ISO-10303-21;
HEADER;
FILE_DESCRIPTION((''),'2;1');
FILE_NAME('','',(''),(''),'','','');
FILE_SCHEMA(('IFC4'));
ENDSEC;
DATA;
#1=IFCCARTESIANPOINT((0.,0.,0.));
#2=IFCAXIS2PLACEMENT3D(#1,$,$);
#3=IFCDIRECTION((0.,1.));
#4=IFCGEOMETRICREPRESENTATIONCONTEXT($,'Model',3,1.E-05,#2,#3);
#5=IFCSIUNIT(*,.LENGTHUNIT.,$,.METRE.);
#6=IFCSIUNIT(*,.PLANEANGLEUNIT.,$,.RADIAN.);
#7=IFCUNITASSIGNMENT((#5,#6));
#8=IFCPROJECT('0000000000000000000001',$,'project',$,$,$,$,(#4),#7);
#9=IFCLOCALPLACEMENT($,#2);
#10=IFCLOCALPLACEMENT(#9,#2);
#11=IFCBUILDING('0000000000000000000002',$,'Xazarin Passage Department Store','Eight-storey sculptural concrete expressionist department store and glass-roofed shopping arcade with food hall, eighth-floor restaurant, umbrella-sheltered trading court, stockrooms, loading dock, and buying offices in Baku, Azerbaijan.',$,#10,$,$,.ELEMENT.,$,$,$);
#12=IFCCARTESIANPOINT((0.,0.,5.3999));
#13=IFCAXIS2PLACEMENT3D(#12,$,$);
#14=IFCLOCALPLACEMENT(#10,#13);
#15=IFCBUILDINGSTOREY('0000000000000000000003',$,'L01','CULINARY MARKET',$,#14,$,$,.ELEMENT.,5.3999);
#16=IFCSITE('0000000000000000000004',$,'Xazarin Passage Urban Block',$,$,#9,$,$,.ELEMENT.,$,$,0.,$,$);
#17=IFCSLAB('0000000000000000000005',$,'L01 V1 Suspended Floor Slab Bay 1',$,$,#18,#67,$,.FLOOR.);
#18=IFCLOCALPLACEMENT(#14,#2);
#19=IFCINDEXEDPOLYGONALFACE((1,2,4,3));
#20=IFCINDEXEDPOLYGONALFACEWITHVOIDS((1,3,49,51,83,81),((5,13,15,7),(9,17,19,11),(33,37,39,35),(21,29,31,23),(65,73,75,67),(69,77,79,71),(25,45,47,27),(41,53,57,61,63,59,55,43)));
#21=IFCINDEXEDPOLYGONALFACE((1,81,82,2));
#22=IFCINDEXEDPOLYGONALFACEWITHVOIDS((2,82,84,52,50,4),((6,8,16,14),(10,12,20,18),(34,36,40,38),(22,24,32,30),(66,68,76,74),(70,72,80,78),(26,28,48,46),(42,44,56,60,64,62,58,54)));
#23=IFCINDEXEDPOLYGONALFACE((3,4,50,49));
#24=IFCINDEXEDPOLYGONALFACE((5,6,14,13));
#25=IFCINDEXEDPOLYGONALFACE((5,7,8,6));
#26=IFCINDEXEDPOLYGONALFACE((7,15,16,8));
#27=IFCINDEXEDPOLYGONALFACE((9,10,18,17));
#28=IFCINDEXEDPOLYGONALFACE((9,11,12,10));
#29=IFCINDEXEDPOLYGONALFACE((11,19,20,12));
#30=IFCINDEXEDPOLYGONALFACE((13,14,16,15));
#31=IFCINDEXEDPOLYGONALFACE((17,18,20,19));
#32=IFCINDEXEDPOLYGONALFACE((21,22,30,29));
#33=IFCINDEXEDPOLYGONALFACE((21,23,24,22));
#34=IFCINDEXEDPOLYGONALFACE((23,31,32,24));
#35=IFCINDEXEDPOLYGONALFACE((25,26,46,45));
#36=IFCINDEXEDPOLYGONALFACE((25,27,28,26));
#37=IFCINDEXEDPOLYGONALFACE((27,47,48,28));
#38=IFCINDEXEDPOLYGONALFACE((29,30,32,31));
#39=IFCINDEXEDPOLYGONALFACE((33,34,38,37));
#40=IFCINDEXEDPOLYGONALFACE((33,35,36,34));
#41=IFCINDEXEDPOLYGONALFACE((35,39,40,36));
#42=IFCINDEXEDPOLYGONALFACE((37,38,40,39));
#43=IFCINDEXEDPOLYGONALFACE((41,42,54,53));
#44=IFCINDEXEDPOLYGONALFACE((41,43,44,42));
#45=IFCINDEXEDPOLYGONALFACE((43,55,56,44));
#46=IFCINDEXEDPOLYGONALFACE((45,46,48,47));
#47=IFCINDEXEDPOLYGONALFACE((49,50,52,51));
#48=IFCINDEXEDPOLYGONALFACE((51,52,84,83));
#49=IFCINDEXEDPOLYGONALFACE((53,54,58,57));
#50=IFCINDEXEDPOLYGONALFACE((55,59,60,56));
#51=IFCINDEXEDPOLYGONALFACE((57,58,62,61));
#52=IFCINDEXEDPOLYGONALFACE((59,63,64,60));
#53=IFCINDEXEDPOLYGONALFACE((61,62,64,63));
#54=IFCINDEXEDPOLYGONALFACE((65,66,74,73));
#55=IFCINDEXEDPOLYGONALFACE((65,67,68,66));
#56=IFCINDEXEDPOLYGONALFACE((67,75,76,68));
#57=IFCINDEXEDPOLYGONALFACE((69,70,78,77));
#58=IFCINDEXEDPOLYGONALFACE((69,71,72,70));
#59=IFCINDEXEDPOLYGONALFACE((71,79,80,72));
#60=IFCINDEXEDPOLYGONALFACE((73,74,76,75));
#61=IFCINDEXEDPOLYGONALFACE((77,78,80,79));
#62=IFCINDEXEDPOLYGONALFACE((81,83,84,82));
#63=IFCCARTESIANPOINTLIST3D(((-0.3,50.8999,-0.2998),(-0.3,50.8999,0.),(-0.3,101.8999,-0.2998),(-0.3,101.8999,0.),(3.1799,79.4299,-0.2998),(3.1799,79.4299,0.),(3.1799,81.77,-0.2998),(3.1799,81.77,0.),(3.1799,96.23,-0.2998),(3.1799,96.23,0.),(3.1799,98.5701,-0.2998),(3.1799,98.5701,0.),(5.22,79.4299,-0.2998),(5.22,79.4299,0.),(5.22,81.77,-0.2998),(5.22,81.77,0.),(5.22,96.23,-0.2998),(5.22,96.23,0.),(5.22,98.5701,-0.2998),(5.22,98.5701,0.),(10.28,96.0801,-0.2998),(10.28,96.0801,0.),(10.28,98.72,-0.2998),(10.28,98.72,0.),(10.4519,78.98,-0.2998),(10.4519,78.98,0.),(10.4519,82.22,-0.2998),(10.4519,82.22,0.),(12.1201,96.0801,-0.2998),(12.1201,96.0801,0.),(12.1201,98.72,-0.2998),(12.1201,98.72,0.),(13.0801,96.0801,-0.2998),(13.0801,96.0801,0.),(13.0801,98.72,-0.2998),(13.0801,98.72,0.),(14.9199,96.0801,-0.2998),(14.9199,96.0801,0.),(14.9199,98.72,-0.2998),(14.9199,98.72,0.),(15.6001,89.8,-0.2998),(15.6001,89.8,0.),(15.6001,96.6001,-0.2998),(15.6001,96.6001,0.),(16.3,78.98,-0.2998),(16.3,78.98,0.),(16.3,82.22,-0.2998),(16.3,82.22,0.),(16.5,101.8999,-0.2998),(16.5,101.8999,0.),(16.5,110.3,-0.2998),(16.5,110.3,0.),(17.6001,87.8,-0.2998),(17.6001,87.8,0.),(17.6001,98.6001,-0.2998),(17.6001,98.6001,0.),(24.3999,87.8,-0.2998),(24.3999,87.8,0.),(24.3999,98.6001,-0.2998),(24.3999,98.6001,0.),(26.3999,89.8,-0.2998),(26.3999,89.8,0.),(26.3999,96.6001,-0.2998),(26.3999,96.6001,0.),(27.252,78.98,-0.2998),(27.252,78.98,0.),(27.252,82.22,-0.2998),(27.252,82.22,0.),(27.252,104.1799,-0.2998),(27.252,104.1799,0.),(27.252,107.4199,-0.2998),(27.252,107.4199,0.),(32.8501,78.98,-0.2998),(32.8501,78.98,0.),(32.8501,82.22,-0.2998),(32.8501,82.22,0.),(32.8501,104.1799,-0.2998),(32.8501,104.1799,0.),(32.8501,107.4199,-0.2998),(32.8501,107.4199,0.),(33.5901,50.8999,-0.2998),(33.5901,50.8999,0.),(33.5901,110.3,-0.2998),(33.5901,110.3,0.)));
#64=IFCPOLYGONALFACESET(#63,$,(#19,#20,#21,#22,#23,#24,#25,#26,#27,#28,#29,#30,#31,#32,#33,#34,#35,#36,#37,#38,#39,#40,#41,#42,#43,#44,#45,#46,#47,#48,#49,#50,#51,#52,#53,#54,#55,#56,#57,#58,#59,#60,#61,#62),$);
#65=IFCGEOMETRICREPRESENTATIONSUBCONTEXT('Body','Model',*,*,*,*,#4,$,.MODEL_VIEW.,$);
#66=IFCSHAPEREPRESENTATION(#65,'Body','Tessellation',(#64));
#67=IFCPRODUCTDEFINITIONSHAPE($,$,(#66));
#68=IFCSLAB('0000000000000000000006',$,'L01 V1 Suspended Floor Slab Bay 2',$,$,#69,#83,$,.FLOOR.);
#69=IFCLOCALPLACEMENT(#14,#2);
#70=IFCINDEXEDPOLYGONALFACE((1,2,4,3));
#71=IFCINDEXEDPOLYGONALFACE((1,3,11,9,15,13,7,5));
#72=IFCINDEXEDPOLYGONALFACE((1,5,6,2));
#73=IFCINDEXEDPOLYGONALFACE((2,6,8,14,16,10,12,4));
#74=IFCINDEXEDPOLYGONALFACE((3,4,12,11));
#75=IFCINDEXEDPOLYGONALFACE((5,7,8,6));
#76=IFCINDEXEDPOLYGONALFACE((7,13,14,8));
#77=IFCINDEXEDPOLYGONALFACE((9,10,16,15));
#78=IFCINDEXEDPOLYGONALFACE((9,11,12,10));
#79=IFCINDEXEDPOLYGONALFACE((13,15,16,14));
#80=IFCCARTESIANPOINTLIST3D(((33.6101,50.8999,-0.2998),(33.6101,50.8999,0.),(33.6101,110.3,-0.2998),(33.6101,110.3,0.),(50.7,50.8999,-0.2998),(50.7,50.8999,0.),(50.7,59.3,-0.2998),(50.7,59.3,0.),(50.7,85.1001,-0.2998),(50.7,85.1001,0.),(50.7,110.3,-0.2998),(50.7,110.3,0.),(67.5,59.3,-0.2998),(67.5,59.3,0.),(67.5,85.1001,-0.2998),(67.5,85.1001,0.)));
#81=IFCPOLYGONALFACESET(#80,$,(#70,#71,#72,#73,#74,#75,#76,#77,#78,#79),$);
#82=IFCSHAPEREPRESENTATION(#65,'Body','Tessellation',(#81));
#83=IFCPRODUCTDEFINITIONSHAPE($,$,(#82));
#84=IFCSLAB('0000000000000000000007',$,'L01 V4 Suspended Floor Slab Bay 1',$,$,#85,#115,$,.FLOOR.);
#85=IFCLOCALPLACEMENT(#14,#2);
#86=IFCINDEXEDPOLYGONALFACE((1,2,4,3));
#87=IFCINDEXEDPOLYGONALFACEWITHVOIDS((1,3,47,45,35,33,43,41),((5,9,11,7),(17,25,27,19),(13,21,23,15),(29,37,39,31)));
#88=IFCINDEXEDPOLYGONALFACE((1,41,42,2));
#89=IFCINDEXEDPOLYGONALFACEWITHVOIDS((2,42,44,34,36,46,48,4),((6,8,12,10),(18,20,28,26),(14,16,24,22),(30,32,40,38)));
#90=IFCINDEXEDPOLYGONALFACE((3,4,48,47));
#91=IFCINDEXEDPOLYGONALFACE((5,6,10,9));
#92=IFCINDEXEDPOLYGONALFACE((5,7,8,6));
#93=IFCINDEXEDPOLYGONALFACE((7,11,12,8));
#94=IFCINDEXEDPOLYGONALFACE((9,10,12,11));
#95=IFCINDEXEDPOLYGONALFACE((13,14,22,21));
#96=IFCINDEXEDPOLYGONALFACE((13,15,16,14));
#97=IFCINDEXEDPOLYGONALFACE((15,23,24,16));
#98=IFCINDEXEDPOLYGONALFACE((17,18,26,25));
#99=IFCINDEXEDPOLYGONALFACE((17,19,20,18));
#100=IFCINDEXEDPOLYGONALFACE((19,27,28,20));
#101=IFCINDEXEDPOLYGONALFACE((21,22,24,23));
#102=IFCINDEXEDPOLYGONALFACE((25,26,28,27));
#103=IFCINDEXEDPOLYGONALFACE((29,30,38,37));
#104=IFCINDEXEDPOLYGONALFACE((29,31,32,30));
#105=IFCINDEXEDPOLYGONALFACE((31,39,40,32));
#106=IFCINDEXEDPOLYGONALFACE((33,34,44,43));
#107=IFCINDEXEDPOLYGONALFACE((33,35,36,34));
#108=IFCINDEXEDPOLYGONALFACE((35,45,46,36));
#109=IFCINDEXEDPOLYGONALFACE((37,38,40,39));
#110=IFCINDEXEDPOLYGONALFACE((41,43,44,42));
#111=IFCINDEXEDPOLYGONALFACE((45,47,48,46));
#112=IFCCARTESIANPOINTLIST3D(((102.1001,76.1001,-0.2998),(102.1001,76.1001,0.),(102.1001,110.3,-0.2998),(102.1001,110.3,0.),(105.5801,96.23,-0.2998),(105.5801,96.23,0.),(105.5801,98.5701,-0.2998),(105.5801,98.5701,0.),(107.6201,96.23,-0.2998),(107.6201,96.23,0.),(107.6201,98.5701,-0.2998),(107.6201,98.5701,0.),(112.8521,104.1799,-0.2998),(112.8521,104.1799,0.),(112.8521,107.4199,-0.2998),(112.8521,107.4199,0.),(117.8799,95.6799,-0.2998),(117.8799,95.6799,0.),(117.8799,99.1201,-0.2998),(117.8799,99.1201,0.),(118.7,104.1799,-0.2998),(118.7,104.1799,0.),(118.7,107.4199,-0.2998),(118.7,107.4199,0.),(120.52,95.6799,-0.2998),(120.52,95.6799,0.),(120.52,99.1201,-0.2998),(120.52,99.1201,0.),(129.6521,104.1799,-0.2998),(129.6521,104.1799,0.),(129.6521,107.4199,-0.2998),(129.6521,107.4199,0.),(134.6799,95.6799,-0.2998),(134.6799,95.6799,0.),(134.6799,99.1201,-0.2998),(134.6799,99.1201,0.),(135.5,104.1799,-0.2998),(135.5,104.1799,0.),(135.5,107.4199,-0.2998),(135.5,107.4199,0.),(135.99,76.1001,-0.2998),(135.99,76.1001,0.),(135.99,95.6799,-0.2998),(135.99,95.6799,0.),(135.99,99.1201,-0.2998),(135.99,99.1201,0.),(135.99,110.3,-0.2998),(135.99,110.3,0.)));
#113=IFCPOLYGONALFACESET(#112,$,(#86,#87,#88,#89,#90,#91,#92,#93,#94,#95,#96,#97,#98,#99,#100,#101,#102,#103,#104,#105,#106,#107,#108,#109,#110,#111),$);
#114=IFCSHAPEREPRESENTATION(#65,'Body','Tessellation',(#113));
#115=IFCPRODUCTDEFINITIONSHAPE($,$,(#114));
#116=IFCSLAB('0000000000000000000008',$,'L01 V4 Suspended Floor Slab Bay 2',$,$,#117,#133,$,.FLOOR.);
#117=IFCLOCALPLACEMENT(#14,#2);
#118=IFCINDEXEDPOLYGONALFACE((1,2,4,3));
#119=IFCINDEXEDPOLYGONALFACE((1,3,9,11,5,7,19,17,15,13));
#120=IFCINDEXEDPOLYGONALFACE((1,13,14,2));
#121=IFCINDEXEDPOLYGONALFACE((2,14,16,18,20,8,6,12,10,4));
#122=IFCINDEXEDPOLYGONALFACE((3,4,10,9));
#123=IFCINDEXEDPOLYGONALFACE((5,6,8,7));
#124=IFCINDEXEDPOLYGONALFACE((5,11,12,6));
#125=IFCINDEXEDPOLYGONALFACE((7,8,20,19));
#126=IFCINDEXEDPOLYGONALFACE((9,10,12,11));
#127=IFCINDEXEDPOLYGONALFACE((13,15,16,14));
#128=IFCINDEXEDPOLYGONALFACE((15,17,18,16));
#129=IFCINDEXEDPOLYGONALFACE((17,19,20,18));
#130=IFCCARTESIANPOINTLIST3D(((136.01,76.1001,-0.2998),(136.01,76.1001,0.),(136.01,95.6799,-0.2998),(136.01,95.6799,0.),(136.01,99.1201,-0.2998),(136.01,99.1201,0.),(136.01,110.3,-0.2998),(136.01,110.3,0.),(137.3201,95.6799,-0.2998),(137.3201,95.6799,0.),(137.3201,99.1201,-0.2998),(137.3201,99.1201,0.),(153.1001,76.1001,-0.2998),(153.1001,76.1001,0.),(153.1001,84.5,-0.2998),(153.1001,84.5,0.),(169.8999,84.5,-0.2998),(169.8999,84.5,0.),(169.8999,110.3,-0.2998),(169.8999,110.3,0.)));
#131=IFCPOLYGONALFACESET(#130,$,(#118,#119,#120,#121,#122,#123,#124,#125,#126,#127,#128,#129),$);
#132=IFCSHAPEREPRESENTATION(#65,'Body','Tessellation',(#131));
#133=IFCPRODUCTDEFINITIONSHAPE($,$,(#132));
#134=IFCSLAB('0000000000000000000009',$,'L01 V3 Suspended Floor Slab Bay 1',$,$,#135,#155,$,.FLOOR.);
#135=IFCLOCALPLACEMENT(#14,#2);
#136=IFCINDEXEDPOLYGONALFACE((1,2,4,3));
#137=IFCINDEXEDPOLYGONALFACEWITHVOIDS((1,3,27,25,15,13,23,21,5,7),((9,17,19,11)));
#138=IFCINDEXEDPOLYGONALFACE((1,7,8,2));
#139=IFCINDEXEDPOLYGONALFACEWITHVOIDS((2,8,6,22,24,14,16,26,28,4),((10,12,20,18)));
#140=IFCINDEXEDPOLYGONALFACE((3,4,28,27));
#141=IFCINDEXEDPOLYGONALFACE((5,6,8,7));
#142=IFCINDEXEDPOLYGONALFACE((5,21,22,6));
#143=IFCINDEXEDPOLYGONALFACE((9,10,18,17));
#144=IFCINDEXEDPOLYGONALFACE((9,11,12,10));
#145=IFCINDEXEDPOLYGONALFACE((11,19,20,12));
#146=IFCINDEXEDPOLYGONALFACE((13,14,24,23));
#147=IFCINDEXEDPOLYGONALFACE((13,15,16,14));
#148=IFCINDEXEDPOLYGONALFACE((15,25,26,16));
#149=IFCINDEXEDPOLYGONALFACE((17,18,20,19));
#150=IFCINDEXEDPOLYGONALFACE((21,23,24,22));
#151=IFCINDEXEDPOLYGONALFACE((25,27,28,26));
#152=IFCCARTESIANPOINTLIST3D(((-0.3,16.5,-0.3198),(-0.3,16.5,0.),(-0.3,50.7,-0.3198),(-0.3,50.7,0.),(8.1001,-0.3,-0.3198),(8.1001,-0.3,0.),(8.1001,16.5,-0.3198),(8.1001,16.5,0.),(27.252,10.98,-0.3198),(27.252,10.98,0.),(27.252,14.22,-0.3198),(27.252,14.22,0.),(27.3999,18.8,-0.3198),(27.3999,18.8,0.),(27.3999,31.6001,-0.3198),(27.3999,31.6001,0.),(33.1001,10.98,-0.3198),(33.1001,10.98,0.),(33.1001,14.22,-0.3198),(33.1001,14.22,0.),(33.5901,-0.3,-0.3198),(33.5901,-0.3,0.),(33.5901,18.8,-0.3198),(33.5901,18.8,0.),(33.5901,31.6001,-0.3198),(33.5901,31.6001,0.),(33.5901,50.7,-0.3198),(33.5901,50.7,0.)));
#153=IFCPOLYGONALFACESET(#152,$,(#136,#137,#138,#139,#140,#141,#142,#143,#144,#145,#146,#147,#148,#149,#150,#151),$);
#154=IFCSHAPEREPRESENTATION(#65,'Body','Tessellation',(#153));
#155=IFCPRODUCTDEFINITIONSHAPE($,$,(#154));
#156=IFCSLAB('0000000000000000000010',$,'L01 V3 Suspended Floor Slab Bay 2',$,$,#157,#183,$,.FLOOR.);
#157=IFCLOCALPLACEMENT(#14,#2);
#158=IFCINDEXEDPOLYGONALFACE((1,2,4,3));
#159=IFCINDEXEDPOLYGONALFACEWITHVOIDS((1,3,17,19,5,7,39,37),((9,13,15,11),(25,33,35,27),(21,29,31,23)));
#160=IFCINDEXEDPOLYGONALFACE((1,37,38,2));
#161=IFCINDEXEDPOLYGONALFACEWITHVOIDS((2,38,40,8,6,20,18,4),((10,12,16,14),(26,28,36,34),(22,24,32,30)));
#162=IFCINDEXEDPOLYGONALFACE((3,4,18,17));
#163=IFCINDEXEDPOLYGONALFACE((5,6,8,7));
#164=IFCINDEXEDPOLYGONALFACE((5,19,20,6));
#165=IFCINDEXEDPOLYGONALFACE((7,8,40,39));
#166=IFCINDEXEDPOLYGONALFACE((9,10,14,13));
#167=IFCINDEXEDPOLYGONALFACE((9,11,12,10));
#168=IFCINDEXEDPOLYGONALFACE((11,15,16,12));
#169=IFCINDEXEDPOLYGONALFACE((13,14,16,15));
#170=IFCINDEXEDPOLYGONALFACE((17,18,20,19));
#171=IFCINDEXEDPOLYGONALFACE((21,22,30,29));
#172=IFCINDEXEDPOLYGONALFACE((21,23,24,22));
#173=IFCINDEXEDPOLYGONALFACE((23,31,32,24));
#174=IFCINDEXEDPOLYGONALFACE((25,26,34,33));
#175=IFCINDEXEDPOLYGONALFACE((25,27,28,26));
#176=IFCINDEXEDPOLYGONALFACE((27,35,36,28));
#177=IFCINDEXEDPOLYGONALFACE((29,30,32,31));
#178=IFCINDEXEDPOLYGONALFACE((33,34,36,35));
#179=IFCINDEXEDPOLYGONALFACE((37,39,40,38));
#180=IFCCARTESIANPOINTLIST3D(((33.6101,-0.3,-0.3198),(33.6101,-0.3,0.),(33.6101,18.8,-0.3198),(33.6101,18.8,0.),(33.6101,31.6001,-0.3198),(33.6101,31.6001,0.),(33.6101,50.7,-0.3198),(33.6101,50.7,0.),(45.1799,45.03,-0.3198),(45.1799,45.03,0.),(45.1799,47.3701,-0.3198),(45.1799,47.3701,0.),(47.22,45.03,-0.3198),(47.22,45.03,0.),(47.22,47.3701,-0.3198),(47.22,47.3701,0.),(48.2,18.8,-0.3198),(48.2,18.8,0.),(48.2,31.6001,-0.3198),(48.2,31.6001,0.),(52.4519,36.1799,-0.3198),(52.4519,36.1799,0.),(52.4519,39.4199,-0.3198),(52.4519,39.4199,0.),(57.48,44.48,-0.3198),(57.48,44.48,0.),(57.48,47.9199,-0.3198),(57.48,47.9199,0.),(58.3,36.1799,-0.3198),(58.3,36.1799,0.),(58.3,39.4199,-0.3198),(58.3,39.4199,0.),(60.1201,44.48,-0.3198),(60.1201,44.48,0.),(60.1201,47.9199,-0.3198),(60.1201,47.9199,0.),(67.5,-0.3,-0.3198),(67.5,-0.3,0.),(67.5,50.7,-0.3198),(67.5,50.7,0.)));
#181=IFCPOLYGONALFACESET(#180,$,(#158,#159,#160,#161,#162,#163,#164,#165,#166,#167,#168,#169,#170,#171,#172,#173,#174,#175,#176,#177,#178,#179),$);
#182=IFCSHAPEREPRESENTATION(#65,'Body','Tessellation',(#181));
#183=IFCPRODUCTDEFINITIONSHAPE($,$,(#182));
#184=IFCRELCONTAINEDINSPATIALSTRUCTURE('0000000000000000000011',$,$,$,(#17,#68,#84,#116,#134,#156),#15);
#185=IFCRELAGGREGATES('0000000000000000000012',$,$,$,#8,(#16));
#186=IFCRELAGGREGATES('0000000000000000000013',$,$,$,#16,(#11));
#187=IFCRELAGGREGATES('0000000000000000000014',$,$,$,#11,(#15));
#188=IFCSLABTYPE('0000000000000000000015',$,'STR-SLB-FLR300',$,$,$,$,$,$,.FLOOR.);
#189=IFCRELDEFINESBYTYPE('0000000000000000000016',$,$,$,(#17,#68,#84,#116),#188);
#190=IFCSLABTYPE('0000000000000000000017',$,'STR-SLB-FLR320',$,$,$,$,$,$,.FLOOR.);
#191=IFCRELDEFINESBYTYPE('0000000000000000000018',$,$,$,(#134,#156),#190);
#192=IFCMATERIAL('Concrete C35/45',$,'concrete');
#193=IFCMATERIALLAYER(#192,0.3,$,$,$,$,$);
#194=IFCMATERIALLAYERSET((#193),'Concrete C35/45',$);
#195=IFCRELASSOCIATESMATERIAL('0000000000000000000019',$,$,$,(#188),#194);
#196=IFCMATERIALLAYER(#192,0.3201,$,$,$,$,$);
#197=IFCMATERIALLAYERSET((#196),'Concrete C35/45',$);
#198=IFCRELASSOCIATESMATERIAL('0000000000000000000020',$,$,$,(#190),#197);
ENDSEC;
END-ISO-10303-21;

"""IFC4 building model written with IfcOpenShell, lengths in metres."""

from ifc_helpers import new_model, si_unit, direction, frame, origin, place, context, subcontext, project, spatial, polyline, outline, extrude, material, layer, layer_set, type_object, element, save


model = new_model("IFC4")

# Units and contexts
model_context = context("Model", 3, precision=1e-05, world=origin(), true_north=direction((0.0, 1.0)))
body_context = subcontext(model_context, "Body", "Model", "MODEL_VIEW")
ifc_project = project(units=[si_unit("LENGTHUNIT", "METRE"), si_unit("PLANEANGLEUNIT", "RADIAN")], contexts=[model_context])

# Site, building, storey
site_placement = place(None, origin())
site = spatial("IfcSite", under=ifc_project, at=site_placement, Name="Xazarin Passage Urban Block", CompositionType="ELEMENT", RefElevation=0.0)
building_placement = place(site_placement, origin())
building = spatial("IfcBuilding", under=site, at=building_placement, Name="Xazarin Passage Department Store", Description="Eight-storey sculptural concrete expressionist department store and glass-roofed shopping arcade with food hall, eighth-floor restaurant, umbrella-sheltered trading court, stockrooms, loading dock, and buying offices in Baku, Azerbaijan.", CompositionType="ELEMENT")
storey_placement = place(building_placement, frame((0.0, 0.0, 5.3999)))
storey = spatial("IfcBuildingStorey", under=building, at=storey_placement, Name="L01", Description="CULINARY MARKET", CompositionType="ELEMENT", Elevation=5.3999)

# Slabs
ifc_material_1 = material(Name="Concrete C35/45", Category="concrete")
ifc_layer_1 = layer(ifc_material_1, 0.3)
ifc_layer_set_1 = layer_set([ifc_layer_1], Name="Concrete C35/45")
slab_type_1 = type_object("IfcSlabType", Name="STR-SLB-FLR300", PredefinedType="FLOOR", material=ifc_layer_set_1)
slab_1_placement = place(storey_placement, frame((0.0, 0.0, -0.2998)))
element("IfcSlab", 1, at=slab_1_placement, inside=storey, type_object=slab_type_1, Name="L01 V1 Suspended Floor Slab Bay 1", PredefinedType="FLOOR", context=body_context, shape_type="SweptSolid", body=[
    extrude(outline(polyline([(33.5901, 50.8999), (33.5901, 110.3), (16.5, 110.3), (16.5, 101.8999), (-0.3, 101.8999), (-0.3, 50.8999), (33.5901, 50.8999)]), holes=[polyline([(32.8501, 82.22), (32.8501, 78.98), (27.252, 78.98), (27.252, 82.22), (32.8501, 82.22)]), polyline([(32.8501, 107.4199), (32.8501, 104.1799), (27.252, 104.1799), (27.252, 107.4199), (32.8501, 107.4199)]), polyline([(15.6001, 96.6001), (17.6001, 98.6001), (24.3999, 98.6001), (26.3999, 96.6001), (26.3999, 89.8), (24.3999, 87.8), (17.6001, 87.8), (15.6001, 89.8), (15.6001, 96.6001)]), polyline([(16.3, 82.22), (16.3, 78.98), (10.4519, 78.98), (10.4519, 82.22), (16.3, 82.22)]), polyline([(13.0801, 98.72), (14.9199, 98.72), (14.9199, 96.0801), (13.0801, 96.0801), (13.0801, 98.72)]), polyline([(10.28, 98.72), (12.1201, 98.72), (12.1201, 96.0801), (10.28, 96.0801), (10.28, 98.72)]), polyline([(3.1799, 81.77), (5.22, 81.77), (5.22, 79.4299), (3.1799, 79.4299), (3.1799, 81.77)]), polyline([(3.1799, 98.5701), (5.22, 98.5701), (5.22, 96.23), (3.1799, 96.23), (3.1799, 98.5701)])]), origin(), (0.0, 0.0, 1.0), 0.2998),
])
slab_2_placement = place(storey_placement, frame((0.0, 0.0, -0.2998)))
element("IfcSlab", 2, at=slab_2_placement, inside=storey, type_object=slab_type_1, Name="L01 V1 Suspended Floor Slab Bay 2", PredefinedType="FLOOR", context=body_context, shape_type="SweptSolid", body=[
    extrude(outline(polyline([(50.7, 59.3), (67.5, 59.3), (67.5, 85.1001), (50.7, 85.1001), (50.7, 110.3), (33.6101, 110.3), (33.6101, 50.8999), (50.7, 50.8999), (50.7, 59.3)])), origin(), (0.0, 0.0, 1.0), 0.2998),
])
slab_3_placement = place(storey_placement, frame((0.0, 0.0, -0.2998)))
element("IfcSlab", 3, at=slab_3_placement, inside=storey, type_object=slab_type_1, Name="L01 V4 Suspended Floor Slab Bay 1", PredefinedType="FLOOR", context=body_context, shape_type="SweptSolid", body=[
    extrude(outline(polyline([(102.1001, 110.3), (102.1001, 76.1001), (135.99, 76.1001), (135.99, 95.6799), (134.6799, 95.6799), (134.6799, 99.1201), (135.99, 99.1201), (135.99, 110.3), (102.1001, 110.3)]), holes=[polyline([(135.5, 107.4199), (135.5, 104.1799), (129.6521, 104.1799), (129.6521, 107.4199), (135.5, 107.4199)]), polyline([(117.8799, 95.6799), (117.8799, 99.1201), (120.52, 99.1201), (120.52, 95.6799), (117.8799, 95.6799)]), polyline([(118.7, 107.4199), (118.7, 104.1799), (112.8521, 104.1799), (112.8521, 107.4199), (118.7, 107.4199)]), polyline([(105.5801, 96.23), (105.5801, 98.5701), (107.6201, 98.5701), (107.6201, 96.23), (105.5801, 96.23)])]), origin(), (0.0, 0.0, 1.0), 0.2998),
])
slab_4_placement = place(storey_placement, frame((0.0, 0.0, -0.2998)))
element("IfcSlab", 4, at=slab_4_placement, inside=storey, type_object=slab_type_1, Name="L01 V4 Suspended Floor Slab Bay 2", PredefinedType="FLOOR", context=body_context, shape_type="SweptSolid", body=[
    extrude(outline(polyline([(136.01, 110.3), (136.01, 99.1201), (137.3201, 99.1201), (137.3201, 95.6799), (136.01, 95.6799), (136.01, 76.1001), (153.1001, 76.1001), (153.1001, 84.5), (169.8999, 84.5), (169.8999, 110.3), (136.01, 110.3)])), origin(), (0.0, 0.0, 1.0), 0.2998),
])
ifc_layer_2 = layer(ifc_material_1, 0.3201)
ifc_layer_set_2 = layer_set([ifc_layer_2], Name="Concrete C35/45")
slab_type_2 = type_object("IfcSlabType", Name="STR-SLB-FLR320", PredefinedType="FLOOR", material=ifc_layer_set_2)
slab_5_placement = place(storey_placement, frame((0.0, 0.0, -0.3198)))
element("IfcSlab", 5, at=slab_5_placement, inside=storey, type_object=slab_type_2, Name="L01 V3 Suspended Floor Slab Bay 1", PredefinedType="FLOOR", context=body_context, shape_type="SweptSolid", body=[
    extrude(outline(polyline([(33.5901, -0.3), (33.5901, 18.8), (27.3999, 18.8), (27.3999, 31.6001), (33.5901, 31.6001), (33.5901, 50.7), (-0.3, 50.7), (-0.3, 16.5), (8.1001, 16.5), (8.1001, -0.3), (33.5901, -0.3)]), holes=[polyline([(27.252, 14.22), (33.1001, 14.22), (33.1001, 10.98), (27.252, 10.98), (27.252, 14.22)])]), origin(), (0.0, 0.0, 1.0), 0.3198),
])
slab_6_placement = place(storey_placement, frame((0.0, 0.0, -0.3198)))
element("IfcSlab", 6, at=slab_6_placement, inside=storey, type_object=slab_type_2, Name="L01 V3 Suspended Floor Slab Bay 2", PredefinedType="FLOOR", context=body_context, shape_type="SweptSolid", body=[
    extrude(outline(polyline([(67.5, 50.7), (33.6101, 50.7), (33.6101, 31.6001), (48.2, 31.6001), (48.2, 18.8), (33.6101, 18.8), (33.6101, -0.3), (67.5, -0.3), (67.5, 50.7)]), holes=[polyline([(57.48, 47.9199), (60.1201, 47.9199), (60.1201, 44.48), (57.48, 44.48), (57.48, 47.9199)]), polyline([(52.4519, 39.4199), (58.3, 39.4199), (58.3, 36.1799), (52.4519, 36.1799), (52.4519, 39.4199)]), polyline([(45.1799, 47.3701), (47.22, 47.3701), (47.22, 45.03), (45.1799, 45.03), (45.1799, 47.3701)])]), origin(), (0.0, 0.0, 1.0), 0.3198),
])

save(model, "model.ifc")
